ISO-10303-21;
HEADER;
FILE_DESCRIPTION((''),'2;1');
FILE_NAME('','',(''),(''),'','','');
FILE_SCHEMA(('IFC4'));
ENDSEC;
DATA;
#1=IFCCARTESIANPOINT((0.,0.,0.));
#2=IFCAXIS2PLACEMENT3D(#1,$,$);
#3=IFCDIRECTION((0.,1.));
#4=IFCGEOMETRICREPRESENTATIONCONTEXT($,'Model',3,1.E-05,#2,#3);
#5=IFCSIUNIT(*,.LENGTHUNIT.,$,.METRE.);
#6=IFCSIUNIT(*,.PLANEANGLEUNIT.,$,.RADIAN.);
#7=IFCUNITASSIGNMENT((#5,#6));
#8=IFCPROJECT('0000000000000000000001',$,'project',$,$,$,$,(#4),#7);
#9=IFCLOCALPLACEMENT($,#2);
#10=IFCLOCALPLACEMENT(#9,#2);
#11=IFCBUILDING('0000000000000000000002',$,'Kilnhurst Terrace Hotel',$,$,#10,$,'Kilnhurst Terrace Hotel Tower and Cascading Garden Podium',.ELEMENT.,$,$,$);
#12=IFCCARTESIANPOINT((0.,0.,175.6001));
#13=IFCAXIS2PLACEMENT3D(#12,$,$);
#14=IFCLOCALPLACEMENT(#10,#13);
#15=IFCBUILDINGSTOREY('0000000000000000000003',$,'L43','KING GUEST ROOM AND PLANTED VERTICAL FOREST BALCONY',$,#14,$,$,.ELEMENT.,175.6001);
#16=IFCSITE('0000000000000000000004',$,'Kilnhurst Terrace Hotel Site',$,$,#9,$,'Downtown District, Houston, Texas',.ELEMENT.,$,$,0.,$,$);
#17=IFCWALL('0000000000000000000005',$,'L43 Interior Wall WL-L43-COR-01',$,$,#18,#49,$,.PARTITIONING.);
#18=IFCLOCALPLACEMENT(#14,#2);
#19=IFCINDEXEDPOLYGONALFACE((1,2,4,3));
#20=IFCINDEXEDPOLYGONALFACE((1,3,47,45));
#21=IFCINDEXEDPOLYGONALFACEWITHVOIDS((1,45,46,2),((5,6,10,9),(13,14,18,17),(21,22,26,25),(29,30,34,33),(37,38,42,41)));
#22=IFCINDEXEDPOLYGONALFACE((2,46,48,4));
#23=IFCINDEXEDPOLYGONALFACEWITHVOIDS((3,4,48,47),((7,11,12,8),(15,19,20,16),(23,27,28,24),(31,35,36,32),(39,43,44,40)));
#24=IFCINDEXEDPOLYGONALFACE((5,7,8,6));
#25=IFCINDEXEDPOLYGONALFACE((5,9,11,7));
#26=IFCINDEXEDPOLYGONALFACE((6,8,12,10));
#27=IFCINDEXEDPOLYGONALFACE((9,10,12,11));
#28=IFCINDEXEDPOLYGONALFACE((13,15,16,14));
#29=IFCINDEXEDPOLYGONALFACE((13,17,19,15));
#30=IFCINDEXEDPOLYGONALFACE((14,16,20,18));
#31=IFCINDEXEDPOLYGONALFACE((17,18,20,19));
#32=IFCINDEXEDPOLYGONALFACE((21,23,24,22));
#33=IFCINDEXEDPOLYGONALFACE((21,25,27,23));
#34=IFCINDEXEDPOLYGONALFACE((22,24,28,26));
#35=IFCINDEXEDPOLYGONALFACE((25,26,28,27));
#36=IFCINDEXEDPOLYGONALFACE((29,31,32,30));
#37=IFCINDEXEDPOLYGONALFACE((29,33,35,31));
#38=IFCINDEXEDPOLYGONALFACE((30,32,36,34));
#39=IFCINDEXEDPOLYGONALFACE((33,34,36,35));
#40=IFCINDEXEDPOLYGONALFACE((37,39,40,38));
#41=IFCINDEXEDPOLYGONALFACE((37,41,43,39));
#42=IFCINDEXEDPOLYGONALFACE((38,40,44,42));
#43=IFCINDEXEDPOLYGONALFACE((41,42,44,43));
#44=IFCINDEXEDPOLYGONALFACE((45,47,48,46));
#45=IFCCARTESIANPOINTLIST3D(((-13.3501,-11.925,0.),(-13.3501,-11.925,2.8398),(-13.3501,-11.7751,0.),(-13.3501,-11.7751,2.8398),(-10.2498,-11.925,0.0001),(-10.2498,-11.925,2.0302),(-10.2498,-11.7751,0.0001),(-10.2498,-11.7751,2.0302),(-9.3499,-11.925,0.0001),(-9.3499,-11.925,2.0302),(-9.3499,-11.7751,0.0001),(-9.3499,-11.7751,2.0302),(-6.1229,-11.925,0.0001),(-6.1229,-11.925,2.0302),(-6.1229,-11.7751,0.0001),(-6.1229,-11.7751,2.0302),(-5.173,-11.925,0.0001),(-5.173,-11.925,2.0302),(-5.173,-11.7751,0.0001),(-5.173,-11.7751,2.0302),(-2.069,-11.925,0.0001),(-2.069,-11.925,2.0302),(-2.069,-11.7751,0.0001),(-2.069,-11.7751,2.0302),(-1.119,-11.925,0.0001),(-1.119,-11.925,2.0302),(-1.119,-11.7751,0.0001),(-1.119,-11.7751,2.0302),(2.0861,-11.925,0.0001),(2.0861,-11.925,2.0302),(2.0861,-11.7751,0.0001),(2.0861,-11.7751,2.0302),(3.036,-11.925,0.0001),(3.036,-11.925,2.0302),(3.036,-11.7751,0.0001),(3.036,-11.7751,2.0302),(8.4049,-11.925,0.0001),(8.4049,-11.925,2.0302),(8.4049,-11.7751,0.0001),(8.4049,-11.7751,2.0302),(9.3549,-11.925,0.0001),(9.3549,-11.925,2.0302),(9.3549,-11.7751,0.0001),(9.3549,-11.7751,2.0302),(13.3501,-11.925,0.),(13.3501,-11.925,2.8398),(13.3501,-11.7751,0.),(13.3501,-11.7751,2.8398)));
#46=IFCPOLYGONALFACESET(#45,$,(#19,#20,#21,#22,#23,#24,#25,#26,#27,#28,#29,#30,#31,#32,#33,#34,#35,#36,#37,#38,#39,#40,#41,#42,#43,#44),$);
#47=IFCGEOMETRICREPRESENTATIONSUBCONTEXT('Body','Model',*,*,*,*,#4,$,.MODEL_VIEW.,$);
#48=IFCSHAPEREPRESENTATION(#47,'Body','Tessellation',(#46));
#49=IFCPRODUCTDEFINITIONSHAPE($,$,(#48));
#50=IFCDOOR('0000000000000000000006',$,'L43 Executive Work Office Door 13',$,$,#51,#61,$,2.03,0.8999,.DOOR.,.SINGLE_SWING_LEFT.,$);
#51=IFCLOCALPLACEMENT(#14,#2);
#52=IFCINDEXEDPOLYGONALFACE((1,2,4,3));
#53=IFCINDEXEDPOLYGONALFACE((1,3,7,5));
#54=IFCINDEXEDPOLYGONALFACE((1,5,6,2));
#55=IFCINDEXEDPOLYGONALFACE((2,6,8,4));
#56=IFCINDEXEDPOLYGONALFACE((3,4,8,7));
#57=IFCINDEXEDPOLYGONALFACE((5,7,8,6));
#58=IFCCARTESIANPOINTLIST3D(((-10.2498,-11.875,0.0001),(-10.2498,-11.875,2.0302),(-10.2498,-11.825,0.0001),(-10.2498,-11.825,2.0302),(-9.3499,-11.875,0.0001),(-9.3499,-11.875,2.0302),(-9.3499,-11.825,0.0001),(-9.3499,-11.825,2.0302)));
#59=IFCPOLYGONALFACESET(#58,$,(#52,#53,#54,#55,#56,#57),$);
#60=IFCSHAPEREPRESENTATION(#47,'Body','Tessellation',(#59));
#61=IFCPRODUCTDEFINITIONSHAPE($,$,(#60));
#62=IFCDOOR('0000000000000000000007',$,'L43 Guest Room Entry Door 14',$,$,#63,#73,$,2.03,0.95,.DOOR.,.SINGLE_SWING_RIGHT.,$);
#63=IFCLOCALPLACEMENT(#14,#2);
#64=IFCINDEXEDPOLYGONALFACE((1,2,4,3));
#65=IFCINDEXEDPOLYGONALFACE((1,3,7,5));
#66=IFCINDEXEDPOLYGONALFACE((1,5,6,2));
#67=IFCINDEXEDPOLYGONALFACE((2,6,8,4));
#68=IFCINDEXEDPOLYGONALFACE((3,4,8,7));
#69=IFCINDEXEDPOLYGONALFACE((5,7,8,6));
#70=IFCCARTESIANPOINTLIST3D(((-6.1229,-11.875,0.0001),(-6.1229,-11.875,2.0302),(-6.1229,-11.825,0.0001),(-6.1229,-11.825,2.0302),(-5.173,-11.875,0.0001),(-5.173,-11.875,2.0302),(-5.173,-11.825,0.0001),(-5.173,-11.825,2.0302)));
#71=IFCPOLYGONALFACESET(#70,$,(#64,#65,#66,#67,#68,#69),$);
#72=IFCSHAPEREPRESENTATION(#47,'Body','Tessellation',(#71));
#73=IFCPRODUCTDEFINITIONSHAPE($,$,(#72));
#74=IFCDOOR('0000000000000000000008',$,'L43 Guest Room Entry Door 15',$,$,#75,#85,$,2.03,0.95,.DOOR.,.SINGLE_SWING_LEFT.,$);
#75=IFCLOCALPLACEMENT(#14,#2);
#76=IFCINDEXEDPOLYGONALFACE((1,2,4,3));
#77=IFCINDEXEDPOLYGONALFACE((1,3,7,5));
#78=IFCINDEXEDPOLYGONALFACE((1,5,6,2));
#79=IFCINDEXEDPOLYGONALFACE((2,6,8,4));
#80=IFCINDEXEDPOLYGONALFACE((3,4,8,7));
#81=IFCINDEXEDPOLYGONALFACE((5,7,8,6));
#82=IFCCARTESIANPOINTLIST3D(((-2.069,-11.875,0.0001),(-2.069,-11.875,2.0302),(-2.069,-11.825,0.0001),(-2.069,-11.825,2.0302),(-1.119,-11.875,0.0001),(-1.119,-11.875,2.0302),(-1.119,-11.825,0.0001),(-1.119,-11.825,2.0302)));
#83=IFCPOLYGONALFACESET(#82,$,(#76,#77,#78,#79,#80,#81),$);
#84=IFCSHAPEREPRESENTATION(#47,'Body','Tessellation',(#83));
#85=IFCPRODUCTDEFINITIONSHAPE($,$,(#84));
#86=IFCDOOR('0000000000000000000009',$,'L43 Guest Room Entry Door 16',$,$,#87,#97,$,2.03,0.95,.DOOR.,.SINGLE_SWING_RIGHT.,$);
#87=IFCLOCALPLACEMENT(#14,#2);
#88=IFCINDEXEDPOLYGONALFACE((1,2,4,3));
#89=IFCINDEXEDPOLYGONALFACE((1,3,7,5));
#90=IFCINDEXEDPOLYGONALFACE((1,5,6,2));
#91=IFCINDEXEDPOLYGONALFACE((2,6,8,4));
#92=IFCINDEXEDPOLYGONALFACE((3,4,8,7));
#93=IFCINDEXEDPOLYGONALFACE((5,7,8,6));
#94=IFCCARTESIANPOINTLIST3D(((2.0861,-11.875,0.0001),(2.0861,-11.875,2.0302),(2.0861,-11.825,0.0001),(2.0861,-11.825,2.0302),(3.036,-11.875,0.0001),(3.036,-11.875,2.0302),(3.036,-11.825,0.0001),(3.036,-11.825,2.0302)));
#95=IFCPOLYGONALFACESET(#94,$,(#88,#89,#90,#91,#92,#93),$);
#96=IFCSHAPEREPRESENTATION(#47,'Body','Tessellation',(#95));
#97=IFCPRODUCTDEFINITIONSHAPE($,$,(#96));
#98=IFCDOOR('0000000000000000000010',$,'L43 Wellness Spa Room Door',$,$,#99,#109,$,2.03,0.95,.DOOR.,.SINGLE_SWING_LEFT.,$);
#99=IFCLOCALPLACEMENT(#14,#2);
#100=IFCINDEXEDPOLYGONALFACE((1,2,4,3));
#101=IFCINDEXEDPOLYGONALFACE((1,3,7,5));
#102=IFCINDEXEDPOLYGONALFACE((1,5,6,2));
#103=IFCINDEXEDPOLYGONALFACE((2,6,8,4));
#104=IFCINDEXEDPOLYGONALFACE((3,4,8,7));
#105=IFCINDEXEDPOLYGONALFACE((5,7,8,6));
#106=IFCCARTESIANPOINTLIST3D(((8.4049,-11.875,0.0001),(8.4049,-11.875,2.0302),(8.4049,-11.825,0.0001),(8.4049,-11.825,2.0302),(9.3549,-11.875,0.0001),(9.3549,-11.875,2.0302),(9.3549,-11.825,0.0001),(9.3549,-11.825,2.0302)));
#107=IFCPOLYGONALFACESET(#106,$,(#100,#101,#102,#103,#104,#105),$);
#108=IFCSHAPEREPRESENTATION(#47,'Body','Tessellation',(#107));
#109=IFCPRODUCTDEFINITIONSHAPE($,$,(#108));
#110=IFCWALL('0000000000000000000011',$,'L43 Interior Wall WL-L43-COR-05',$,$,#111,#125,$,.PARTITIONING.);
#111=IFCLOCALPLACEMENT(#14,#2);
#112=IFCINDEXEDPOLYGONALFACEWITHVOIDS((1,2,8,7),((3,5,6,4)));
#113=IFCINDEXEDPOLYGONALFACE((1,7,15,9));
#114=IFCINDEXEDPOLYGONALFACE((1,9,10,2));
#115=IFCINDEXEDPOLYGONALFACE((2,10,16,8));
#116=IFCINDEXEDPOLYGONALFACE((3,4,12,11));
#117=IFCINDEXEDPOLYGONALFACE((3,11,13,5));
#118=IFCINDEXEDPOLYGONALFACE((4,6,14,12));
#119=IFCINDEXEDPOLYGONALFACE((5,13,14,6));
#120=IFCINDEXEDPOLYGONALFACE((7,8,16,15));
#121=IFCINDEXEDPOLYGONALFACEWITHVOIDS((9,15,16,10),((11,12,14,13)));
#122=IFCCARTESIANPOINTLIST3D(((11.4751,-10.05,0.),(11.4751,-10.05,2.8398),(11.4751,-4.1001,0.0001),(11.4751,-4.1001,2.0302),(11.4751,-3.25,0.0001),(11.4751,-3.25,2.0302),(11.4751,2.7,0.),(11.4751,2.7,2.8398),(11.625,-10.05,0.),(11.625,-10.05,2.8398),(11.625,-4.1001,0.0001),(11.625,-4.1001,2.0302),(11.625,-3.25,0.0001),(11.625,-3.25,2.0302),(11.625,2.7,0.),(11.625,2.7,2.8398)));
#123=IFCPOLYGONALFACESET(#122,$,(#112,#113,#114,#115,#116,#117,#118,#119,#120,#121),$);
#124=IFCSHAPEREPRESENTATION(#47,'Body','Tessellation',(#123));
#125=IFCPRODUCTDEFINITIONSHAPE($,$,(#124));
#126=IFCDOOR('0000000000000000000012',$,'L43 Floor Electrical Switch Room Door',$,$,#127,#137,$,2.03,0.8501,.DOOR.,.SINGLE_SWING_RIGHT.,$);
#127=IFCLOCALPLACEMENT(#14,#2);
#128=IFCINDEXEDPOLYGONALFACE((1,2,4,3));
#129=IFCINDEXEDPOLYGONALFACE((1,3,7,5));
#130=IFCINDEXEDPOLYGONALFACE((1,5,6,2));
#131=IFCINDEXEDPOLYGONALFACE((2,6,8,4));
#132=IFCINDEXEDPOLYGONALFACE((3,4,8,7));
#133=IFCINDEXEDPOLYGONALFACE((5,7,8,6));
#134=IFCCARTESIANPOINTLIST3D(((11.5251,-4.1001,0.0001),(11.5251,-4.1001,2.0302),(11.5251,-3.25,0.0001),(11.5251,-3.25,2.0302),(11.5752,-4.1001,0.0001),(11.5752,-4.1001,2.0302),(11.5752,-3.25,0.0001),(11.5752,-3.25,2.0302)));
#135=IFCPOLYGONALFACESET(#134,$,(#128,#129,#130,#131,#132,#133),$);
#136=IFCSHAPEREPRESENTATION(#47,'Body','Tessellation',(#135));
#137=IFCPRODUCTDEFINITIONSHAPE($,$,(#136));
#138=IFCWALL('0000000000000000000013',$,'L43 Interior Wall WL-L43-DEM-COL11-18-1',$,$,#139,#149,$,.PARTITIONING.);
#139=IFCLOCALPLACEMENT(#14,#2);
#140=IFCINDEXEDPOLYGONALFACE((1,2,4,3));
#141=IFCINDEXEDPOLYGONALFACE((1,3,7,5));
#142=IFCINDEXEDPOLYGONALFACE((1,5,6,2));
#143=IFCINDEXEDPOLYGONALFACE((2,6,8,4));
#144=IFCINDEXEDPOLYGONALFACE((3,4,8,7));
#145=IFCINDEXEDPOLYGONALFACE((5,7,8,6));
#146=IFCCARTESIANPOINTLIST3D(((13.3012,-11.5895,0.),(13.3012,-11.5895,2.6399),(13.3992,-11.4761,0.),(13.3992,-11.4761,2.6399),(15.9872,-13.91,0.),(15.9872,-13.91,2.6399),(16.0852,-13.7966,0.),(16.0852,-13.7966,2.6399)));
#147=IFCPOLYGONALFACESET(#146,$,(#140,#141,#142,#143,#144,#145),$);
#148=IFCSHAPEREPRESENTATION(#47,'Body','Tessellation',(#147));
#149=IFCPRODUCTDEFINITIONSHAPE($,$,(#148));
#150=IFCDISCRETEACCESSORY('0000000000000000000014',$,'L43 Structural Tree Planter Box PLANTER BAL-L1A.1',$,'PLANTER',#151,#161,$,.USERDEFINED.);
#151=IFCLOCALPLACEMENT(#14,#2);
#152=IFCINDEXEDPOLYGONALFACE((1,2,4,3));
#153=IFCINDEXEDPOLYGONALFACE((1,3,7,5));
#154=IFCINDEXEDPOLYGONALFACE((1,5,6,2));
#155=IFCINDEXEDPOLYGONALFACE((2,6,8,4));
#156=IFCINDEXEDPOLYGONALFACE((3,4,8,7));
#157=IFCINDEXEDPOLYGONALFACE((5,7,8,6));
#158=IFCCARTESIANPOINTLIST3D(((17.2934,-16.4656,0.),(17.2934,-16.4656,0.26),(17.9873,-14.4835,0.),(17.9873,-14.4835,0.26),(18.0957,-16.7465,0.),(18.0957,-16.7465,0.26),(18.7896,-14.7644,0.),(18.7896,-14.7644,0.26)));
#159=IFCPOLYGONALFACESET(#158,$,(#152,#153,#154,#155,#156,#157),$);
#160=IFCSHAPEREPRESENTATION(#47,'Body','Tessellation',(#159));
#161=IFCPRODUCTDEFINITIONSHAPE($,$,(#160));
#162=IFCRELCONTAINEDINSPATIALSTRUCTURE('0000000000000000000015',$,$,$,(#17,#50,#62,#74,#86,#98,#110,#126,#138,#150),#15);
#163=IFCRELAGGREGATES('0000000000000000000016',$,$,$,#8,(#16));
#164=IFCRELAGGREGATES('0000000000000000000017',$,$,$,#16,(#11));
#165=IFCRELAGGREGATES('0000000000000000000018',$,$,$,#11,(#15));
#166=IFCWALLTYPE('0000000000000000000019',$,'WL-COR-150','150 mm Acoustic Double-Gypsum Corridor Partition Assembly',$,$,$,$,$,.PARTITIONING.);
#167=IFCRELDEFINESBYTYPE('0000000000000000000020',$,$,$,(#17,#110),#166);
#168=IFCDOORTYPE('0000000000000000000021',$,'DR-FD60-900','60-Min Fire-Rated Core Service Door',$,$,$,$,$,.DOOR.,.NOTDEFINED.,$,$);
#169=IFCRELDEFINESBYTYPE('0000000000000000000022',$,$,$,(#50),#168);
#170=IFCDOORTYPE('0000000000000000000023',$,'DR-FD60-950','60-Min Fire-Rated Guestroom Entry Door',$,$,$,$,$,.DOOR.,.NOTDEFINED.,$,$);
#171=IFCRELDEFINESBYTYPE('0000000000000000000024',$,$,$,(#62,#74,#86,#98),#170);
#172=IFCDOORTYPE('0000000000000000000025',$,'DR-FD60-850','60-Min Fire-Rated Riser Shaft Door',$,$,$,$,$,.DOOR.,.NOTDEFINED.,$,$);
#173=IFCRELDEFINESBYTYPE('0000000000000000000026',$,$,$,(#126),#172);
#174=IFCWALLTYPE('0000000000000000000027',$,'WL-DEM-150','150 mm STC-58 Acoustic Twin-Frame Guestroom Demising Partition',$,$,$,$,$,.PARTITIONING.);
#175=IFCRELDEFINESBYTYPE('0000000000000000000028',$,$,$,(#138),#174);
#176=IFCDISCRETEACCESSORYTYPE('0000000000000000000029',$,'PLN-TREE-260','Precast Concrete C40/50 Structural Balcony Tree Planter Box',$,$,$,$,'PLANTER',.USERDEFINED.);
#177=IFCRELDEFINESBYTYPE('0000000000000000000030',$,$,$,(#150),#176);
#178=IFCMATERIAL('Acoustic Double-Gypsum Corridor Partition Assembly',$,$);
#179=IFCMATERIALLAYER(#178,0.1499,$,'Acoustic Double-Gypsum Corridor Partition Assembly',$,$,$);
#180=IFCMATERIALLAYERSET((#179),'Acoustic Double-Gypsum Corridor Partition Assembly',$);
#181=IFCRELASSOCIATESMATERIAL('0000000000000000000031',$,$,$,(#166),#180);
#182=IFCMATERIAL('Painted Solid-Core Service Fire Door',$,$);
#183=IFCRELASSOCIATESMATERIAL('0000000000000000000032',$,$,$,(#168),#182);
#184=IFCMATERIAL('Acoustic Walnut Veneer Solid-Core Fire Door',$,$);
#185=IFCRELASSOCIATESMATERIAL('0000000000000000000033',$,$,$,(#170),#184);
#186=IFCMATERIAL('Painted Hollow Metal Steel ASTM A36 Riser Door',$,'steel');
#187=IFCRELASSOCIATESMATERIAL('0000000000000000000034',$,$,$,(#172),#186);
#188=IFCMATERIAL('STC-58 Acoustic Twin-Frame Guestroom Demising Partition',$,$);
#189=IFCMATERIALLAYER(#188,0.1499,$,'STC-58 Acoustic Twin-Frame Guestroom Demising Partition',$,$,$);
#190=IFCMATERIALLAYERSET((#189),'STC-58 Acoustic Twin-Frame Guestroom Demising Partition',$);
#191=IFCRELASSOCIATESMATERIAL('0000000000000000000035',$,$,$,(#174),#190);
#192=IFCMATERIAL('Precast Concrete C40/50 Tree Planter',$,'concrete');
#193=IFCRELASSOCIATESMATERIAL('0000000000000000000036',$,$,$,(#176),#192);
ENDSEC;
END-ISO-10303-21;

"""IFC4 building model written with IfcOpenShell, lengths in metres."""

from ifc_helpers import new_model, si_unit, direction, frame, frame_2d, origin, origin_2d, place, context, subcontext, project, spatial, rectangle, extrude, material, layer, layer_set, type_object, element, fill, save


model = new_model("IFC4")

# Units and contexts
model_context = context("Model", 3, precision=1e-05, world=origin(), true_north=direction((0.0, 1.0)))
body_context = subcontext(model_context, "Body", "Model", "MODEL_VIEW")
ifc_project = project(units=[si_unit("LENGTHUNIT", "METRE"), si_unit("PLANEANGLEUNIT", "RADIAN")], contexts=[model_context])

# Site, building, storey
site_placement = place(None, origin())
site = spatial("IfcSite", under=ifc_project, at=site_placement, Name="Kilnhurst Terrace Hotel Site", LongName="Downtown District, Houston, Texas", CompositionType="ELEMENT", RefElevation=0.0)
building_placement = place(site_placement, origin())
building = spatial("IfcBuilding", under=site, at=building_placement, Name="Kilnhurst Terrace Hotel", LongName="Kilnhurst Terrace Hotel Tower and Cascading Garden Podium", CompositionType="ELEMENT")
storey_placement = place(building_placement, frame((0.0, 0.0, 175.6001)))
storey = spatial("IfcBuildingStorey", under=building, at=storey_placement, Name="L43", Description="KING GUEST ROOM AND PLANTED VERTICAL FOREST BALCONY", CompositionType="ELEMENT", Elevation=175.6001)

# Wall, openings, doors
ifc_material_1 = material(Name="Acoustic Double-Gypsum Corridor Partition Assembly")
ifc_layer_1 = layer(ifc_material_1, 0.1499, Name="Acoustic Double-Gypsum Corridor Partition Assembly")
ifc_layer_set_1 = layer_set([ifc_layer_1], Name="Acoustic Double-Gypsum Corridor Partition Assembly")
wall_type_1 = type_object("IfcWallType", Name="WL-COR-150", Description="150 mm Acoustic Double-Gypsum Corridor Partition Assembly", PredefinedType="PARTITIONING", material=ifc_layer_set_1)
wall_1_placement = place(storey_placement, frame((13.3501, -11.8501, 0.0), z_axis=(0.0, 0.0, 1.0), x_axis=(-1.0, 0.0, 0.0)))
wall_1 = element("IfcWall", 1, at=wall_1_placement, inside=storey, type_object=wall_type_1, Name="L43 Interior Wall WL-L43-COR-01", PredefinedType="PARTITIONING", context=body_context, shape_type="SweptSolid", body=[
    extrude(rectangle(XDim=26.7002, YDim=0.1499, at=frame_2d((13.3501, 0.0))), origin(), (0.0, 0.0, 1.0), 2.8398),
])
opening_1_placement = place(wall_1_placement, frame((22.7, 0.0, 0.0)))
opening_1 = element("IfcOpeningElement", 2, at=opening_1_placement, cuts=wall_1, PredefinedType="OPENING", context=body_context, shape_type="SweptSolid", body=[
    extrude(rectangle(XDim=0.8999, YDim=2.03, at=frame_2d((0.45, 1.0151))), frame((0.0, 0.085, 0.0), z_axis=(0.0, -1.0, 0.0), x_axis=(1.0, 0.0, 0.0)), (0.0, 0.0, 1.0), 0.1699),
])
opening_2_placement = place(wall_1_placement, frame((18.5229, 0.0, 0.0)))
opening_2 = element("IfcOpeningElement", 3, at=opening_2_placement, cuts=wall_1, PredefinedType="OPENING", context=body_context, shape_type="SweptSolid", body=[
    extrude(rectangle(XDim=0.95, YDim=2.03, at=frame_2d((0.4751, 1.0151))), frame((0.0, 0.085, 0.0), z_axis=(0.0, -1.0, 0.0), x_axis=(1.0, 0.0, 0.0)), (0.0, 0.0, 1.0), 0.1699),
])
opening_3_placement = place(wall_1_placement, frame((14.469, 0.0, 0.0)))
opening_3 = element("IfcOpeningElement", 4, at=opening_3_placement, cuts=wall_1, PredefinedType="OPENING", context=body_context, shape_type="SweptSolid", body=[
    extrude(rectangle(XDim=0.95, YDim=2.03, at=frame_2d((0.4751, 1.0151))), frame((0.0, 0.085, 0.0), z_axis=(0.0, -1.0, 0.0), x_axis=(1.0, 0.0, 0.0)), (0.0, 0.0, 1.0), 0.1699),
])
opening_4_placement = place(wall_1_placement, frame((10.314, 0.0, 0.0)))
opening_4 = element("IfcOpeningElement", 5, at=opening_4_placement, cuts=wall_1, PredefinedType="OPENING", context=body_context, shape_type="SweptSolid", body=[
    extrude(rectangle(XDim=0.95, YDim=2.03, at=frame_2d((0.4751, 1.0151))), frame((0.0, 0.085, 0.0), z_axis=(0.0, -1.0, 0.0), x_axis=(1.0, 0.0, 0.0)), (0.0, 0.0, 1.0), 0.1699),
])
opening_5_placement = place(wall_1_placement, frame((3.9951, 0.0, 0.0)))
opening_5 = element("IfcOpeningElement", 6, at=opening_5_placement, cuts=wall_1, PredefinedType="OPENING", context=body_context, shape_type="SweptSolid", body=[
    extrude(rectangle(XDim=0.95, YDim=2.03, at=frame_2d((0.4751, 1.0151))), frame((0.0, 0.085, 0.0), z_axis=(0.0, -1.0, 0.0), x_axis=(1.0, 0.0, 0.0)), (0.0, 0.0, 1.0), 0.1699),
])
ifc_material_2 = material(Name="Painted Solid-Core Service Fire Door")
door_type_1 = type_object("IfcDoorType", Name="DR-FD60-900", Description="60-Min Fire-Rated Core Service Door", OperationType="NOTDEFINED", PredefinedType="DOOR", material=ifc_material_2)
door_1_placement = place(opening_1_placement, origin())
door_1 = element("IfcDoor", 7, at=door_1_placement, inside=storey, type_object=door_type_1, Name="L43 Executive Work Office Door 13", OperationType="SINGLE_SWING_LEFT", OverallHeight=2.03, OverallWidth=0.8999, PredefinedType="DOOR", context=body_context, shape_type="SweptSolid", body=[
    extrude(rectangle(XDim=0.8999, YDim=2.03, at=frame_2d((0.45, 1.0151))), frame((0.0, 0.0249, 0.0), z_axis=(0.0, -1.0, 0.0), x_axis=(1.0, 0.0, 0.0)), (0.0, 0.0, 1.0), 0.05),
])
fill(opening_1, door_1)
ifc_material_3 = material(Name="Acoustic Walnut Veneer Solid-Core Fire Door")
door_type_2 = type_object("IfcDoorType", Name="DR-FD60-950", Description="60-Min Fire-Rated Guestroom Entry Door", OperationType="NOTDEFINED", PredefinedType="DOOR", material=ifc_material_3)
door_2_placement = place(opening_2_placement, origin())
door_2 = element("IfcDoor", 8, at=door_2_placement, inside=storey, type_object=door_type_2, Name="L43 Guest Room Entry Door 14", OperationType="SINGLE_SWING_RIGHT", OverallHeight=2.03, OverallWidth=0.95, PredefinedType="DOOR", context=body_context, shape_type="SweptSolid", body=[
    extrude(rectangle(XDim=0.95, YDim=2.03, at=frame_2d((0.4751, 1.0151))), frame((0.0, 0.0249, 0.0), z_axis=(0.0, -1.0, 0.0), x_axis=(1.0, 0.0, 0.0)), (0.0, 0.0, 1.0), 0.05),
])
fill(opening_2, door_2)
door_3_placement = place(opening_3_placement, origin())
door_3 = element("IfcDoor", 9, at=door_3_placement, inside=storey, type_object=door_type_2, Name="L43 Guest Room Entry Door 15", OperationType="SINGLE_SWING_LEFT", OverallHeight=2.03, OverallWidth=0.95, PredefinedType="DOOR", context=body_context, shape_type="SweptSolid", body=[
    extrude(rectangle(XDim=0.95, YDim=2.03, at=frame_2d((0.4751, 1.0151))), frame((0.0, 0.0249, 0.0), z_axis=(0.0, -1.0, 0.0), x_axis=(1.0, 0.0, 0.0)), (0.0, 0.0, 1.0), 0.05),
])
fill(opening_3, door_3)
door_4_placement = place(opening_4_placement, origin())
door_4 = element("IfcDoor", 10, at=door_4_placement, inside=storey, type_object=door_type_2, Name="L43 Guest Room Entry Door 16", OperationType="SINGLE_SWING_RIGHT", OverallHeight=2.03, OverallWidth=0.95, PredefinedType="DOOR", context=body_context, shape_type="SweptSolid", body=[
    extrude(rectangle(XDim=0.95, YDim=2.03, at=frame_2d((0.4751, 1.0151))), frame((0.0, 0.0249, 0.0), z_axis=(0.0, -1.0, 0.0), x_axis=(1.0, 0.0, 0.0)), (0.0, 0.0, 1.0), 0.05),
])
fill(opening_4, door_4)
door_5_placement = place(opening_5_placement, origin())
door_5 = element("IfcDoor", 11, at=door_5_placement, inside=storey, type_object=door_type_2, Name="L43 Wellness Spa Room Door", OperationType="SINGLE_SWING_LEFT", OverallHeight=2.03, OverallWidth=0.95, PredefinedType="DOOR", context=body_context, shape_type="SweptSolid", body=[
    extrude(rectangle(XDim=0.95, YDim=2.03, at=frame_2d((0.4751, 1.0151))), frame((0.0, 0.0249, 0.0), z_axis=(0.0, -1.0, 0.0), x_axis=(1.0, 0.0, 0.0)), (0.0, 0.0, 1.0), 0.05),
])
fill(opening_5, door_5)

# Wall, opening, door
wall_2_placement = place(storey_placement, frame((11.55, -10.05, 0.0), z_axis=(0.0, 0.0, 1.0), x_axis=(0.0, 1.0, 0.0)))
wall_2 = element("IfcWall", 12, at=wall_2_placement, inside=storey, type_object=wall_type_1, Name="L43 Interior Wall WL-L43-COR-05", PredefinedType="PARTITIONING", context=body_context, shape_type="SweptSolid", body=[
    extrude(rectangle(XDim=12.75, YDim=0.1499, at=frame_2d((6.375, 0.0))), origin(), (0.0, 0.0, 1.0), 2.8398),
])
opening_6_placement = place(wall_2_placement, frame((5.95, 0.0, 0.0)))
opening_6 = element("IfcOpeningElement", 13, at=opening_6_placement, cuts=wall_2, PredefinedType="OPENING", context=body_context, shape_type="SweptSolid", body=[
    extrude(rectangle(XDim=0.8501, YDim=2.03, at=frame_2d((0.425, 1.0151))), frame((0.0, 0.085, 0.0), z_axis=(0.0, -1.0, 0.0), x_axis=(1.0, 0.0, 0.0)), (0.0, 0.0, 1.0), 0.1699),
])
ifc_material_4 = material(Name="Painted Hollow Metal Steel ASTM A36 Riser Door", Category="steel")
door_type_3 = type_object("IfcDoorType", Name="DR-FD60-850", Description="60-Min Fire-Rated Riser Shaft Door", OperationType="NOTDEFINED", PredefinedType="DOOR", material=ifc_material_4)
door_6_placement = place(opening_6_placement, origin())
door_6 = element("IfcDoor", 14, at=door_6_placement, inside=storey, type_object=door_type_3, Name="L43 Floor Electrical Switch Room Door", OperationType="SINGLE_SWING_RIGHT", OverallHeight=2.03, OverallWidth=0.8501, PredefinedType="DOOR", context=body_context, shape_type="SweptSolid", body=[
    extrude(rectangle(XDim=0.8501, YDim=2.03, at=frame_2d((0.425, 1.0151))), frame((0.0, 0.0249, 0.0), z_axis=(0.0, -1.0, 0.0), x_axis=(1.0, 0.0, 0.0)), (0.0, 0.0, 1.0), 0.05),
])
fill(opening_6, door_6)

# Wall
ifc_material_5 = material(Name="STC-58 Acoustic Twin-Frame Guestroom Demising Partition")
ifc_layer_2 = layer(ifc_material_5, 0.1499, Name="STC-58 Acoustic Twin-Frame Guestroom Demising Partition")
ifc_layer_set_2 = layer_set([ifc_layer_2], Name="STC-58 Acoustic Twin-Frame Guestroom Demising Partition")
wall_type_2 = type_object("IfcWallType", Name="WL-DEM-150", Description="150 mm STC-58 Acoustic Twin-Frame Guestroom Demising Partition", PredefinedType="PARTITIONING", material=ifc_layer_set_2)
wall_3_placement = place(storey_placement, frame((13.3501, -11.5327, 0.0), z_axis=(0.0, 0.0, 1.0), x_axis=(0.756712, -0.653749, 0.0)))
element("IfcWall", 15, at=wall_3_placement, inside=storey, type_object=wall_type_2, Name="L43 Interior Wall WL-L43-DEM-COL11-18-1", PredefinedType="PARTITIONING", context=body_context, shape_type="SweptSolid", body=[
    extrude(rectangle(XDim=3.5496, YDim=0.1499, at=frame_2d((1.7749, 0.0))), origin(), (0.0, 0.0, 1.0), 2.6399),
])

# Discrete accessory
ifc_material_6 = material(Name="Precast Concrete C40/50 Tree Planter", Category="concrete")
discrete_accessory_type = type_object("IfcDiscreteAccessoryType", Name="PLN-TREE-260", Description="Precast Concrete C40/50 Structural Balcony Tree Planter Box", ElementType="PLANTER", PredefinedType="USERDEFINED", material=ifc_material_6)
discrete_accessory_placement = place(storey_placement, frame((18.0415, -15.615, 0.0), z_axis=(0.0, 0.0, 1.0), x_axis=(0.330432, 0.94383, 0.0)))
element("IfcDiscreteAccessory", 16, at=discrete_accessory_placement, inside=storey, type_object=discrete_accessory_type, Name="L43 Structural Tree Planter Box PLANTER BAL-L1A.1", ObjectType="PLANTER", PredefinedType="USERDEFINED", context=body_context, shape_type="SweptSolid", body=[
    extrude(rectangle(XDim=2.1001, YDim=0.8501, at=origin_2d()), origin(), (0.0, 0.0, 1.0), 0.26),
])

save(model, "model.ifc")
